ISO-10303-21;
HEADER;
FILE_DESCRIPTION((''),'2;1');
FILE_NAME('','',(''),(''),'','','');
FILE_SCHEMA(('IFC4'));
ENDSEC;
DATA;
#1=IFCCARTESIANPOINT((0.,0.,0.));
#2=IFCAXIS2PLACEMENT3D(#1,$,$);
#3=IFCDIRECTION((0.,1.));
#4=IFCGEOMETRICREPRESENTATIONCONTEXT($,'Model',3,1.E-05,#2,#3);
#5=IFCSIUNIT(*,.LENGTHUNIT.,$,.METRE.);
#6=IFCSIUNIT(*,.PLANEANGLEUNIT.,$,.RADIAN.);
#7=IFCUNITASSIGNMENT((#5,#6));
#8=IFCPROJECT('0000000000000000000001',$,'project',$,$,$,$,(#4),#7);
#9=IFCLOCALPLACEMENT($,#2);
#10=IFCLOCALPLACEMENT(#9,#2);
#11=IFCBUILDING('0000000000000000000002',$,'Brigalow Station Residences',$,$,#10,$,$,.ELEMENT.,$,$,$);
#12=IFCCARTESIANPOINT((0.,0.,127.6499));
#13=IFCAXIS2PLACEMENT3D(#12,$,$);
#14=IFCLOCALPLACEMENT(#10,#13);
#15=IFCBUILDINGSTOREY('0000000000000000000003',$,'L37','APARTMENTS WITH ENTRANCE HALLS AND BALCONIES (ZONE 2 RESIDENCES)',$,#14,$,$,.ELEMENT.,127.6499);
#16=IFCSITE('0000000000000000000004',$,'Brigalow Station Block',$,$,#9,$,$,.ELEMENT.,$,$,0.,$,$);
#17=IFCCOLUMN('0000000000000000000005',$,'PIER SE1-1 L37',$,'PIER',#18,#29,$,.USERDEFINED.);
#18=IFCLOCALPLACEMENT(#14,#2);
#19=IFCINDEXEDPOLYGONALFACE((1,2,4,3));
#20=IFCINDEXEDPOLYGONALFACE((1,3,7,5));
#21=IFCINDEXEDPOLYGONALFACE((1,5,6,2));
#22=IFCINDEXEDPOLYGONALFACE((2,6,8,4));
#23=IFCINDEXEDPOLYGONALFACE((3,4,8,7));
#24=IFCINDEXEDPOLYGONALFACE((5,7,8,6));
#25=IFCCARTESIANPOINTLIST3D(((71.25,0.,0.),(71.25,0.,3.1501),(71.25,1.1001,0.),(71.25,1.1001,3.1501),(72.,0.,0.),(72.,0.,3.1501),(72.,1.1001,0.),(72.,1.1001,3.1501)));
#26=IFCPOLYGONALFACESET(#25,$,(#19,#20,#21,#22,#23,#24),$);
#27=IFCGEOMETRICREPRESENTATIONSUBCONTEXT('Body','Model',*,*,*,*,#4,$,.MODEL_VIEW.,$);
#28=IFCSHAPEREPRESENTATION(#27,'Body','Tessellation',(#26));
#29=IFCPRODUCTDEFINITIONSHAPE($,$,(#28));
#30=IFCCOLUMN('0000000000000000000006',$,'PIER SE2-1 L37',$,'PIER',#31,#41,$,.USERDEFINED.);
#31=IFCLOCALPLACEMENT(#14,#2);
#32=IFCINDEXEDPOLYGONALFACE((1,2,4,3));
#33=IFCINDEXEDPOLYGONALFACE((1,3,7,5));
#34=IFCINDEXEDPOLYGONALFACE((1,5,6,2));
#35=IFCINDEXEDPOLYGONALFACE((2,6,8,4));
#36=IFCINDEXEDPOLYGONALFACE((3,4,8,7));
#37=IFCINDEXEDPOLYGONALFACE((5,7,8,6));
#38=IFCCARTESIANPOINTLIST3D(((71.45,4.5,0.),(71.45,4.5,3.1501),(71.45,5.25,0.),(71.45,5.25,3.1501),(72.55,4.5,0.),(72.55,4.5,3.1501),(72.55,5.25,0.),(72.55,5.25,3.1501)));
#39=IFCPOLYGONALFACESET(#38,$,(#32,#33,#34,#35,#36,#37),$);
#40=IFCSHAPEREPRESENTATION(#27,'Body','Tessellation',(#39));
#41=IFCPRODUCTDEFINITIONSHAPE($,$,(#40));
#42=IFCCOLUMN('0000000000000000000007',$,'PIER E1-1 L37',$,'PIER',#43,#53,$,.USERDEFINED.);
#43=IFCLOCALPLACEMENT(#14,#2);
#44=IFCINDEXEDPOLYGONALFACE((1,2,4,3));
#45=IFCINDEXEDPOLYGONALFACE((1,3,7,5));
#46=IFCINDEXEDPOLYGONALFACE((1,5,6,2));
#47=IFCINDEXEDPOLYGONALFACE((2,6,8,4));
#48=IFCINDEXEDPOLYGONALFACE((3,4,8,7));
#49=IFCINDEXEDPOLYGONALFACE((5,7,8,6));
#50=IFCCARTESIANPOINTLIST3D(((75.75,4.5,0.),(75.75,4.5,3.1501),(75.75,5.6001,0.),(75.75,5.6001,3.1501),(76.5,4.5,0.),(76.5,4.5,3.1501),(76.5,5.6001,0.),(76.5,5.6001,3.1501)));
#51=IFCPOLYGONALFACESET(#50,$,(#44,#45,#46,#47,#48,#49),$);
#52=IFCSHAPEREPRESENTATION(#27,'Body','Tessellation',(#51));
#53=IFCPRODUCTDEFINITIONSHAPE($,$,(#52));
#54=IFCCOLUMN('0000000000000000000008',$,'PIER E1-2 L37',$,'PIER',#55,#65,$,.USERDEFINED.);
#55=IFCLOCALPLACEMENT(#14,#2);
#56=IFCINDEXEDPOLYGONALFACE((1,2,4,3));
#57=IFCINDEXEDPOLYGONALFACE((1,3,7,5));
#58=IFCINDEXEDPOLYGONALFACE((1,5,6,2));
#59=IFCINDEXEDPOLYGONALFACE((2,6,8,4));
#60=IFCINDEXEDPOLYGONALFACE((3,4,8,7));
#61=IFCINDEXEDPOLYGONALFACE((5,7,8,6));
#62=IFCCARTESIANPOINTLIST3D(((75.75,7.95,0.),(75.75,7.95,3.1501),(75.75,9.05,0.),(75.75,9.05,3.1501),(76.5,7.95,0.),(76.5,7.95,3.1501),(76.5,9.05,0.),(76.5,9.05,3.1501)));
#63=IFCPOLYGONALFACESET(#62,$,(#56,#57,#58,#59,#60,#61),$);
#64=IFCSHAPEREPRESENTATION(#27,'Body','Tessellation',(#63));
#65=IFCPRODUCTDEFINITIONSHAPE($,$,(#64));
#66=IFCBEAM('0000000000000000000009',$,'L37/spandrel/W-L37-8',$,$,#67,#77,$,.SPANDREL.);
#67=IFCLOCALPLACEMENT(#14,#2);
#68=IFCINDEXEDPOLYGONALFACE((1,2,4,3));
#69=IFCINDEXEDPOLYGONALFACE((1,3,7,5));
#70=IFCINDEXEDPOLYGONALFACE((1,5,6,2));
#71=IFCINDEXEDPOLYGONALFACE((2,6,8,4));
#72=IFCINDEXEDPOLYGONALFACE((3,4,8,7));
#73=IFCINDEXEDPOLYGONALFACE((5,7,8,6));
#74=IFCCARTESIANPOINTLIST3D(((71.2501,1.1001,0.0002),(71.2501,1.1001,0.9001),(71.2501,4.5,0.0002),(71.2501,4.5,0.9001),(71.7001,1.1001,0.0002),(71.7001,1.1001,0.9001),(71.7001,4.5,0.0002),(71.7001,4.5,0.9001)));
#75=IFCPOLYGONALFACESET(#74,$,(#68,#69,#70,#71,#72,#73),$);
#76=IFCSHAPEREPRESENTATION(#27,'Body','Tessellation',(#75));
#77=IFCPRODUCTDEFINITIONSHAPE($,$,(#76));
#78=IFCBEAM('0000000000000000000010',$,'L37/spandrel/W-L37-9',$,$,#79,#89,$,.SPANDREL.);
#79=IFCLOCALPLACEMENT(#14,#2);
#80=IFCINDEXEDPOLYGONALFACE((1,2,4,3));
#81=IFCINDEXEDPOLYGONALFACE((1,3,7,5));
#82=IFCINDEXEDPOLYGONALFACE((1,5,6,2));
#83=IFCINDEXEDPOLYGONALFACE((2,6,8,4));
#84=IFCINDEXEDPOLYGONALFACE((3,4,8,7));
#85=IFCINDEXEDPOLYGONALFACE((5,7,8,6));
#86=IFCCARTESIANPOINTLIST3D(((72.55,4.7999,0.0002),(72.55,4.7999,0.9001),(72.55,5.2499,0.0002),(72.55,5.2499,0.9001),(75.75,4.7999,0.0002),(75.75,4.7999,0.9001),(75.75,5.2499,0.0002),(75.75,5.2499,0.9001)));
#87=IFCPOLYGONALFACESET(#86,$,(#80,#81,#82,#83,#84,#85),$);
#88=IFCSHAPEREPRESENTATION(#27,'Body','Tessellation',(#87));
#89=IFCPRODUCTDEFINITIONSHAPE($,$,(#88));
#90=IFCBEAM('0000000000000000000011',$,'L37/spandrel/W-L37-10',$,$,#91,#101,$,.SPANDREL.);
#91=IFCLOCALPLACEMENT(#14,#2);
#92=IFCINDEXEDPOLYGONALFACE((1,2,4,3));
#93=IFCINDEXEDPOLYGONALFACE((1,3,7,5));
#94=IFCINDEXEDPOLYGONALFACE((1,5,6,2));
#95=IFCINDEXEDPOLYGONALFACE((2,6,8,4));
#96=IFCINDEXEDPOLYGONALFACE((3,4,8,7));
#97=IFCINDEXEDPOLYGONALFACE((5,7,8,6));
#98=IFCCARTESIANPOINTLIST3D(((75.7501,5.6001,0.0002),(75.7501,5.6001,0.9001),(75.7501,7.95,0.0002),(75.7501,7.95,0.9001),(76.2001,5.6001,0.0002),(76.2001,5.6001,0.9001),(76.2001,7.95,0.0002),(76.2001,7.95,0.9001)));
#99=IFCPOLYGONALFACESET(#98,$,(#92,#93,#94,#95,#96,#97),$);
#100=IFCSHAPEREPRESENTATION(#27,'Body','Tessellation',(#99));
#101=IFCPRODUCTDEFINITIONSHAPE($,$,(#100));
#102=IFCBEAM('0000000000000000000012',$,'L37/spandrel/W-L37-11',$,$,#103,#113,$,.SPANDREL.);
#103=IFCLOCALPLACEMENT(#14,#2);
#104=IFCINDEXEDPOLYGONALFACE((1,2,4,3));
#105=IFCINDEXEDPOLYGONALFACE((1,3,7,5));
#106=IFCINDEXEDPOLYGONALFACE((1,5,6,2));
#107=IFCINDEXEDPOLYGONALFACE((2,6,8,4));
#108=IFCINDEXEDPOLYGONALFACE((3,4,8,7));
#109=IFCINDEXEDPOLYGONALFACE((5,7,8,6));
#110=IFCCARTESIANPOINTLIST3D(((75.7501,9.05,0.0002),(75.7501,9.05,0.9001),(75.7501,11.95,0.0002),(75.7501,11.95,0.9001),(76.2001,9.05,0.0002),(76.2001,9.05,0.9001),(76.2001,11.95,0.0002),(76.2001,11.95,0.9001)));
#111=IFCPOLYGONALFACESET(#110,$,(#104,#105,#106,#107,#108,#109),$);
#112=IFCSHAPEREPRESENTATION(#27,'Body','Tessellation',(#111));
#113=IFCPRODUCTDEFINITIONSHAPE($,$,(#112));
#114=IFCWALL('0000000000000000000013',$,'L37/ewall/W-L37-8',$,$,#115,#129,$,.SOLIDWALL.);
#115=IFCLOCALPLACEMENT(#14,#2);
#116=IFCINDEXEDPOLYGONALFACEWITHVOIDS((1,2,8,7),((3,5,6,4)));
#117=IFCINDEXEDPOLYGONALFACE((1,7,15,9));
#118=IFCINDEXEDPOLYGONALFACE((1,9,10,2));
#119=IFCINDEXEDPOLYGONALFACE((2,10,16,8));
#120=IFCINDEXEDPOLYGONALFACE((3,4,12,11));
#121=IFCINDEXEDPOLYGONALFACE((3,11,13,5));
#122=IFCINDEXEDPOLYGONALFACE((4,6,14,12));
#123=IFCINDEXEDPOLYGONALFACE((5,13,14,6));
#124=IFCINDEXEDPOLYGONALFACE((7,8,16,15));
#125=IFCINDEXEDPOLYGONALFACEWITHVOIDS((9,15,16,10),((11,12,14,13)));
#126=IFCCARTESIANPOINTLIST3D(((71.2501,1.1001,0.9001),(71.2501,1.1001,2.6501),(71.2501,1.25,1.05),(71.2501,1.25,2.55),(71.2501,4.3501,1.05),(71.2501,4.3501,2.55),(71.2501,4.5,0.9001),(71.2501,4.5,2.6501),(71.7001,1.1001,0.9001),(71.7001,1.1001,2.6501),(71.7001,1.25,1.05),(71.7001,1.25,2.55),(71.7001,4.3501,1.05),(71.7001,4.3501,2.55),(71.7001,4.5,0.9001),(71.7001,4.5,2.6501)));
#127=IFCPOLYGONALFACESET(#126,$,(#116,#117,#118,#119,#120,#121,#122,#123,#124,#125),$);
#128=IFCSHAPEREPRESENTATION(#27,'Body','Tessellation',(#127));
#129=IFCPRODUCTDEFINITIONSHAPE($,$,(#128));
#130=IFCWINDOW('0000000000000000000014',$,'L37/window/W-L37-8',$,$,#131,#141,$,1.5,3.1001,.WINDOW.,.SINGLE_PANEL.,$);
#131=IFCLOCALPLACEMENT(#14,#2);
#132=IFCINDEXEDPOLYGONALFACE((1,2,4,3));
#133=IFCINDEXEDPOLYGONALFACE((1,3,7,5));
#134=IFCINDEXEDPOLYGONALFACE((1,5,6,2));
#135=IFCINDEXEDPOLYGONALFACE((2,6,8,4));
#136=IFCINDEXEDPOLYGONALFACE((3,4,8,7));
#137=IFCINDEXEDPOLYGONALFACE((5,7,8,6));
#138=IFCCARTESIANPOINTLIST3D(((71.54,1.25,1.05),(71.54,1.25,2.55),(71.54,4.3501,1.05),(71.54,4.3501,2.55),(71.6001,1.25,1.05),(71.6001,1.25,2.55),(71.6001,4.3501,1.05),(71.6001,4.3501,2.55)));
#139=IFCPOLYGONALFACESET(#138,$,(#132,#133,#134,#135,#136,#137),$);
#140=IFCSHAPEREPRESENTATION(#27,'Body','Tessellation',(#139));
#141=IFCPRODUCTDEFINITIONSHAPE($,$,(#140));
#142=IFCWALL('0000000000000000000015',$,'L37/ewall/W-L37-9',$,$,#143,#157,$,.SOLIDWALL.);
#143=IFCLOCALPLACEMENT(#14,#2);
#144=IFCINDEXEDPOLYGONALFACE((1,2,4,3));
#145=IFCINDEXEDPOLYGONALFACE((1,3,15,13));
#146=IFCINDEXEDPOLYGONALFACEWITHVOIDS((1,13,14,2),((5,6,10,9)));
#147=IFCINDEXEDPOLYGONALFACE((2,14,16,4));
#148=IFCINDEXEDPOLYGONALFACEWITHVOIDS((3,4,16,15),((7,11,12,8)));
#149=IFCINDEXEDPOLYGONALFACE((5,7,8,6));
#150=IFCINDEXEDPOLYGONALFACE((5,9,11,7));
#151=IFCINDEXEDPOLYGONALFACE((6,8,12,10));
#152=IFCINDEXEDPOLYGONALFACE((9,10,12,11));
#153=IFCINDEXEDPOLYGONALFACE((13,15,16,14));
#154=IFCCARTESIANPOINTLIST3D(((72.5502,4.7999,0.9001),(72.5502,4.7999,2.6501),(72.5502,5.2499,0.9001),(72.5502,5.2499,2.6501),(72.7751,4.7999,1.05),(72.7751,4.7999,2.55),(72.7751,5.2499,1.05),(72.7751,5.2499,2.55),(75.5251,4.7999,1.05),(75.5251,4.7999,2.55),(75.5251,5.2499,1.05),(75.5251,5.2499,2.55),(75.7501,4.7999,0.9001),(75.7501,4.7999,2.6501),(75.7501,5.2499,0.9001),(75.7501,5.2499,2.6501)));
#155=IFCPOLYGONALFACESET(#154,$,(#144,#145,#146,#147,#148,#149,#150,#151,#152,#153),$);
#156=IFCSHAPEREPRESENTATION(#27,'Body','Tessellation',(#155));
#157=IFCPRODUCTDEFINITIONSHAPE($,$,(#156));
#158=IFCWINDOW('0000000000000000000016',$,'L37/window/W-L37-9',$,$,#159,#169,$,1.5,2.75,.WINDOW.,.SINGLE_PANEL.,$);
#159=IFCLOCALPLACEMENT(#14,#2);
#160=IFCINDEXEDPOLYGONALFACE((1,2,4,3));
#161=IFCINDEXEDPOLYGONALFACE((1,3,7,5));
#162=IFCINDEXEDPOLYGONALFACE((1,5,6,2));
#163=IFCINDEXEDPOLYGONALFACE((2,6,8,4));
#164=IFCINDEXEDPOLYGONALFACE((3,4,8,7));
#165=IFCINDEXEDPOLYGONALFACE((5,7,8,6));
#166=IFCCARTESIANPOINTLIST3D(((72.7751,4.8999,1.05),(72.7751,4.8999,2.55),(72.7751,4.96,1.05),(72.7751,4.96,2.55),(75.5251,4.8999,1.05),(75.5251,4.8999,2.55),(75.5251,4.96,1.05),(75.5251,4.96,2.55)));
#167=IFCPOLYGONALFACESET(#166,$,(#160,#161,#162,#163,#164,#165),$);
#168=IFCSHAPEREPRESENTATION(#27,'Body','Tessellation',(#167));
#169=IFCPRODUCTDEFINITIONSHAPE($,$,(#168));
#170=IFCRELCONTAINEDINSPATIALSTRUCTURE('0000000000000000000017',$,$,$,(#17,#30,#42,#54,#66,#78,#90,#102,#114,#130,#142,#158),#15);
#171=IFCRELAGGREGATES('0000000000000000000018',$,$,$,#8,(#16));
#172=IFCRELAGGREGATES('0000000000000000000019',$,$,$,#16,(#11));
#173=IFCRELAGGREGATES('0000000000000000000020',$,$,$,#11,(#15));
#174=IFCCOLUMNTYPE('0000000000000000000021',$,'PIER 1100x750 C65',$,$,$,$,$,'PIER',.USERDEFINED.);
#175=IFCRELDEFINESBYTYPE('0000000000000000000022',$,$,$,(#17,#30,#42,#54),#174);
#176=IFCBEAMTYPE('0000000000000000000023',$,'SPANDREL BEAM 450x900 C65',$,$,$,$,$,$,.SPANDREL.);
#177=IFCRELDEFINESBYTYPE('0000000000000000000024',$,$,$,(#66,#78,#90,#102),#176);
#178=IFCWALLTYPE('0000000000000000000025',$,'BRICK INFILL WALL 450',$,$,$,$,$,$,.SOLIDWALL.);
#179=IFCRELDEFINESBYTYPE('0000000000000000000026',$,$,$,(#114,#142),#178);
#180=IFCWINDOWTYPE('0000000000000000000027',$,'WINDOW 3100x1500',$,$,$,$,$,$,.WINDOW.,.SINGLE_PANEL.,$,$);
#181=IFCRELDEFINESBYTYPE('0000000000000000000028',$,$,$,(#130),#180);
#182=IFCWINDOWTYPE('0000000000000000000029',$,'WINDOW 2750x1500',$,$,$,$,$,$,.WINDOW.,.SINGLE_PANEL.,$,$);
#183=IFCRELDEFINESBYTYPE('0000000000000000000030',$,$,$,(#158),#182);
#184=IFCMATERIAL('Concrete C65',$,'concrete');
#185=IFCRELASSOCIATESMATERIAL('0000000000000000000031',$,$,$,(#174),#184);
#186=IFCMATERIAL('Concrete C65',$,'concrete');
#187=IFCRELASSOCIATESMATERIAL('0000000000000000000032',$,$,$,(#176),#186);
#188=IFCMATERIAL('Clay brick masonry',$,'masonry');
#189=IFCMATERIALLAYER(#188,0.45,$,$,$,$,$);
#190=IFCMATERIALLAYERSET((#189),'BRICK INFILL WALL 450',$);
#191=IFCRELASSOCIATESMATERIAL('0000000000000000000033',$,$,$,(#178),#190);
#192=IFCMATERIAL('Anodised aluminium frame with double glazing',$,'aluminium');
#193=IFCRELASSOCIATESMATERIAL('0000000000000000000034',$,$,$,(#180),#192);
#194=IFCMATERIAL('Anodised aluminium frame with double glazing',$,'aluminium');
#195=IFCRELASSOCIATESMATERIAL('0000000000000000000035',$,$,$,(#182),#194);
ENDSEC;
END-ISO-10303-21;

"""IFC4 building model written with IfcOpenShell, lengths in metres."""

from ifc_helpers import new_model, si_unit, direction, frame, frame_2d, origin, origin_2d, place, context, subcontext, project, spatial, rectangle, extrude, material, layer, layer_set, material_profile, profile_set, type_object, element, fill, save


model = new_model("IFC4")

# Units and contexts
model_context = context("Model", 3, precision=1e-05, world=origin(), true_north=direction((0.0, 1.0)))
body_context = subcontext(model_context, "Body", "Model", "MODEL_VIEW")
ifc_project = project(units=[si_unit("LENGTHUNIT", "METRE"), si_unit("PLANEANGLEUNIT", "RADIAN")], contexts=[model_context])

# Site, building, storey
site_placement = place(None, origin())
site = spatial("IfcSite", under=ifc_project, at=site_placement, Name="Brigalow Station Block", CompositionType="ELEMENT", RefElevation=0.0)
building_placement = place(site_placement, origin())
building = spatial("IfcBuilding", under=site, at=building_placement, Name="Brigalow Station Residences", CompositionType="ELEMENT")
storey_placement = place(building_placement, frame((0.0, 0.0, 127.6499)))
storey = spatial("IfcBuildingStorey", under=building, at=storey_placement, Name="L37", Description="APARTMENTS WITH ENTRANCE HALLS AND BALCONIES (ZONE 2 RESIDENCES)", CompositionType="ELEMENT", Elevation=127.6499)

# Columns
ifc_material_1 = material(Name="Concrete C65", Category="concrete")
ifc_material_profile_1 = material_profile(ifc_material_1, rectangle(XDim=1.1001, YDim=0.75, at=origin_2d()), Name="RC1100x750")
ifc_profile_set_1 = profile_set([ifc_material_profile_1], Name="Concrete C65")
column_type = type_object("IfcColumnType", Name="PIER 1100x750 C65", ElementType="PIER", PredefinedType="USERDEFINED", material=ifc_profile_set_1)
for number, where, z_axis, x_axis, name in (
    (1, (71.625, 0.55, 0.0), (0.0, 0.0, 1.0), (0.0, 1.0, 0.0), "PIER SE1-1 L37"),
    (2, (72.0, 4.875, 0.0), (0.0, 0.0, 1.0), (1.0, 0.0, 0.0), "PIER SE2-1 L37"),
    (3, (76.125, 5.05, 0.0), (0.0, 0.0, 1.0), (0.0, 1.0, 0.0), "PIER E1-1 L37"),
    (4, (76.125, 8.5, 0.0), (0.0, 0.0, 1.0), (0.0, 1.0, 0.0), "PIER E1-2 L37"),
):
    element("IfcColumn", number, at=place(storey_placement, frame(where, z_axis=z_axis, x_axis=x_axis)), inside=storey, type_object=column_type, Name=name, ObjectType="PIER", PredefinedType="USERDEFINED", context=body_context, shape_type="SweptSolid", body=[
        extrude(rectangle(XDim=1.1001, YDim=0.75, at=origin_2d()), origin(), (0.0, 0.0, 1.0), 3.1501),
    ])

# Beams
ifc_material_2 = material(Name="Concrete C65", Category="concrete")
ifc_material_profile_2 = material_profile(ifc_material_2, rectangle(XDim=0.45, YDim=0.8999, at=origin_2d()), Name="RC450x900")
ifc_profile_set_2 = profile_set([ifc_material_profile_2], Name="Concrete C65")
beam_type = type_object("IfcBeamType", Name="SPANDREL BEAM 450x900 C65", PredefinedType="SPANDREL", material=ifc_profile_set_2)
beam_1_placement = place(storey_placement, frame((71.4751, 1.1001, 0.4502), z_axis=(0.0, 1.0, 0.0), x_axis=(-1.0, 0.0, 0.0)))
element("IfcBeam", 5, at=beam_1_placement, inside=storey, type_object=beam_type, Name="L37/spandrel/W-L37-8", PredefinedType="SPANDREL", context=body_context, shape_type="SweptSolid", body=[
    extrude(rectangle(XDim=0.45, YDim=0.8999, at=origin_2d()), origin(), (0.0, 0.0, 1.0), 3.3999),
])
beam_2_placement = place(storey_placement, frame((72.55, 5.0249, 0.4502), z_axis=(1.0, 0.0, 0.0), x_axis=(0.0, 1.0, 0.0)))
element("IfcBeam", 6, at=beam_2_placement, inside=storey, type_object=beam_type, Name="L37/spandrel/W-L37-9", PredefinedType="SPANDREL", context=body_context, shape_type="SweptSolid", body=[
    extrude(rectangle(XDim=0.45, YDim=0.8999, at=origin_2d()), origin(), (0.0, 0.0, 1.0), 3.2),
])
beam_3_placement = place(storey_placement, frame((75.9751, 5.6001, 0.4502), z_axis=(0.0, 1.0, 0.0), x_axis=(-1.0, 0.0, 0.0)))
element("IfcBeam", 7, at=beam_3_placement, inside=storey, type_object=beam_type, Name="L37/spandrel/W-L37-10", PredefinedType="SPANDREL", context=body_context, shape_type="SweptSolid", body=[
    extrude(rectangle(XDim=0.45, YDim=0.8999, at=origin_2d()), origin(), (0.0, 0.0, 1.0), 2.3499),
])
beam_4_placement = place(storey_placement, frame((75.9751, 9.05, 0.4502), z_axis=(0.0, 1.0, 0.0), x_axis=(-1.0, 0.0, 0.0)))
element("IfcBeam", 8, at=beam_4_placement, inside=storey, type_object=beam_type, Name="L37/spandrel/W-L37-11", PredefinedType="SPANDREL", context=body_context, shape_type="SweptSolid", body=[
    extrude(rectangle(XDim=0.45, YDim=0.8999, at=origin_2d()), origin(), (0.0, 0.0, 1.0), 2.8999),
])

# Walls, openings, windows
ifc_material_3 = material(Name="Clay brick masonry", Category="masonry")
ifc_layer_1 = layer(ifc_material_3, 0.45)
ifc_layer_set_1 = layer_set([ifc_layer_1], Name="BRICK INFILL WALL 450")
wall_type_1 = type_object("IfcWallType", Name="BRICK INFILL WALL 450", PredefinedType="SOLIDWALL", material=ifc_layer_set_1)
wall_1_placement = place(storey_placement, frame((71.4751, 1.1001, 0.9001), z_axis=(0.0, 0.0, 1.0), x_axis=(0.0, 1.0, 0.0)))
wall_1 = element("IfcWall", 9, at=wall_1_placement, inside=storey, type_object=wall_type_1, Name="L37/ewall/W-L37-8", PredefinedType="SOLIDWALL", context=body_context, shape_type="SweptSolid", body=[
    extrude(rectangle(XDim=3.3999, YDim=0.45, at=frame_2d((1.7, 0.0))), origin(), (0.0, 0.0, 1.0), 1.75),
])
opening_1_placement = place(wall_1_placement, frame((0.1499, 0.0, 0.1499)))
opening_1 = element("IfcOpeningElement", 10, at=opening_1_placement, cuts=wall_1, PredefinedType="OPENING", context=body_context, shape_type="SweptSolid", body=[
    extrude(rectangle(XDim=3.1001, YDim=1.5, at=frame_2d((1.55, 0.75))), frame((0.0, 0.2349, 0.0), z_axis=(0.0, -1.0, 0.0), x_axis=(1.0, 0.0, 0.0)), (0.0, 0.0, 1.0), 0.47),
])
ifc_material_4 = material(Name="Anodised aluminium frame with double glazing", Category="aluminium")
window_type_1 = type_object("IfcWindowType", Name="WINDOW 3100x1500", PartitioningType="SINGLE_PANEL", PredefinedType="WINDOW", material=ifc_material_4)
window_1_placement = place(opening_1_placement, origin())
window_1 = element("IfcWindow", 11, at=window_1_placement, inside=storey, type_object=window_type_1, Name="L37/window/W-L37-8", OverallHeight=1.5, OverallWidth=3.1001, PartitioningType="SINGLE_PANEL", PredefinedType="WINDOW", context=body_context, shape_type="SweptSolid", body=[
    extrude(rectangle(XDim=3.1001, YDim=1.5, at=frame_2d((1.55, 0.75))), frame((0.0, -0.0649, 0.0), z_axis=(0.0, -1.0, 0.0), x_axis=(1.0, 0.0, 0.0)), (0.0, 0.0, 1.0), 0.0601),
])
fill(opening_1, window_1)
wall_2_placement = place(storey_placement, frame((72.55, 5.0249, 0.9001), z_axis=(0.0, 0.0, 1.0), x_axis=(1.0, 0.0, 0.0)))
wall_2 = element("IfcWall", 12, at=wall_2_placement, inside=storey, type_object=wall_type_1, Name="L37/ewall/W-L37-9", PredefinedType="SOLIDWALL", context=body_context, shape_type="SweptSolid", body=[
    extrude(rectangle(XDim=3.2, YDim=0.45, at=frame_2d((1.6001, 0.0))), origin(), (0.0, 0.0, 1.0), 1.75),
])
opening_2_placement = place(wall_2_placement, frame((0.2251, 0.0, 0.1499)))
opening_2 = element("IfcOpeningElement", 13, at=opening_2_placement, cuts=wall_2, PredefinedType="OPENING", context=body_context, shape_type="SweptSolid", body=[
    extrude(rectangle(XDim=2.75, YDim=1.5, at=frame_2d((1.375, 0.75))), frame((0.0, 0.2349, 0.0), z_axis=(0.0, -1.0, 0.0), x_axis=(1.0, 0.0, 0.0)), (0.0, 0.0, 1.0), 0.47),
])
ifc_material_5 = material(Name="Anodised aluminium frame with double glazing", Category="aluminium")
window_type_2 = type_object("IfcWindowType", Name="WINDOW 2750x1500", PartitioningType="SINGLE_PANEL", PredefinedType="WINDOW", material=ifc_material_5)
window_2_placement = place(opening_2_placement, origin())
window_2 = element("IfcWindow", 14, at=window_2_placement, inside=storey, type_object=window_type_2, Name="L37/window/W-L37-9", OverallHeight=1.5, OverallWidth=2.75, PartitioningType="SINGLE_PANEL", PredefinedType="WINDOW", context=body_context, shape_type="SweptSolid", body=[
    extrude(rectangle(XDim=2.75, YDim=1.5, at=frame_2d((1.375, 0.75))), frame((0.0, -0.0649, 0.0), z_axis=(0.0, -1.0, 0.0), x_axis=(1.0, 0.0, 0.0)), (0.0, 0.0, 1.0), 0.0601),
])
fill(opening_2, window_2)

save(model, "model.ifc")
